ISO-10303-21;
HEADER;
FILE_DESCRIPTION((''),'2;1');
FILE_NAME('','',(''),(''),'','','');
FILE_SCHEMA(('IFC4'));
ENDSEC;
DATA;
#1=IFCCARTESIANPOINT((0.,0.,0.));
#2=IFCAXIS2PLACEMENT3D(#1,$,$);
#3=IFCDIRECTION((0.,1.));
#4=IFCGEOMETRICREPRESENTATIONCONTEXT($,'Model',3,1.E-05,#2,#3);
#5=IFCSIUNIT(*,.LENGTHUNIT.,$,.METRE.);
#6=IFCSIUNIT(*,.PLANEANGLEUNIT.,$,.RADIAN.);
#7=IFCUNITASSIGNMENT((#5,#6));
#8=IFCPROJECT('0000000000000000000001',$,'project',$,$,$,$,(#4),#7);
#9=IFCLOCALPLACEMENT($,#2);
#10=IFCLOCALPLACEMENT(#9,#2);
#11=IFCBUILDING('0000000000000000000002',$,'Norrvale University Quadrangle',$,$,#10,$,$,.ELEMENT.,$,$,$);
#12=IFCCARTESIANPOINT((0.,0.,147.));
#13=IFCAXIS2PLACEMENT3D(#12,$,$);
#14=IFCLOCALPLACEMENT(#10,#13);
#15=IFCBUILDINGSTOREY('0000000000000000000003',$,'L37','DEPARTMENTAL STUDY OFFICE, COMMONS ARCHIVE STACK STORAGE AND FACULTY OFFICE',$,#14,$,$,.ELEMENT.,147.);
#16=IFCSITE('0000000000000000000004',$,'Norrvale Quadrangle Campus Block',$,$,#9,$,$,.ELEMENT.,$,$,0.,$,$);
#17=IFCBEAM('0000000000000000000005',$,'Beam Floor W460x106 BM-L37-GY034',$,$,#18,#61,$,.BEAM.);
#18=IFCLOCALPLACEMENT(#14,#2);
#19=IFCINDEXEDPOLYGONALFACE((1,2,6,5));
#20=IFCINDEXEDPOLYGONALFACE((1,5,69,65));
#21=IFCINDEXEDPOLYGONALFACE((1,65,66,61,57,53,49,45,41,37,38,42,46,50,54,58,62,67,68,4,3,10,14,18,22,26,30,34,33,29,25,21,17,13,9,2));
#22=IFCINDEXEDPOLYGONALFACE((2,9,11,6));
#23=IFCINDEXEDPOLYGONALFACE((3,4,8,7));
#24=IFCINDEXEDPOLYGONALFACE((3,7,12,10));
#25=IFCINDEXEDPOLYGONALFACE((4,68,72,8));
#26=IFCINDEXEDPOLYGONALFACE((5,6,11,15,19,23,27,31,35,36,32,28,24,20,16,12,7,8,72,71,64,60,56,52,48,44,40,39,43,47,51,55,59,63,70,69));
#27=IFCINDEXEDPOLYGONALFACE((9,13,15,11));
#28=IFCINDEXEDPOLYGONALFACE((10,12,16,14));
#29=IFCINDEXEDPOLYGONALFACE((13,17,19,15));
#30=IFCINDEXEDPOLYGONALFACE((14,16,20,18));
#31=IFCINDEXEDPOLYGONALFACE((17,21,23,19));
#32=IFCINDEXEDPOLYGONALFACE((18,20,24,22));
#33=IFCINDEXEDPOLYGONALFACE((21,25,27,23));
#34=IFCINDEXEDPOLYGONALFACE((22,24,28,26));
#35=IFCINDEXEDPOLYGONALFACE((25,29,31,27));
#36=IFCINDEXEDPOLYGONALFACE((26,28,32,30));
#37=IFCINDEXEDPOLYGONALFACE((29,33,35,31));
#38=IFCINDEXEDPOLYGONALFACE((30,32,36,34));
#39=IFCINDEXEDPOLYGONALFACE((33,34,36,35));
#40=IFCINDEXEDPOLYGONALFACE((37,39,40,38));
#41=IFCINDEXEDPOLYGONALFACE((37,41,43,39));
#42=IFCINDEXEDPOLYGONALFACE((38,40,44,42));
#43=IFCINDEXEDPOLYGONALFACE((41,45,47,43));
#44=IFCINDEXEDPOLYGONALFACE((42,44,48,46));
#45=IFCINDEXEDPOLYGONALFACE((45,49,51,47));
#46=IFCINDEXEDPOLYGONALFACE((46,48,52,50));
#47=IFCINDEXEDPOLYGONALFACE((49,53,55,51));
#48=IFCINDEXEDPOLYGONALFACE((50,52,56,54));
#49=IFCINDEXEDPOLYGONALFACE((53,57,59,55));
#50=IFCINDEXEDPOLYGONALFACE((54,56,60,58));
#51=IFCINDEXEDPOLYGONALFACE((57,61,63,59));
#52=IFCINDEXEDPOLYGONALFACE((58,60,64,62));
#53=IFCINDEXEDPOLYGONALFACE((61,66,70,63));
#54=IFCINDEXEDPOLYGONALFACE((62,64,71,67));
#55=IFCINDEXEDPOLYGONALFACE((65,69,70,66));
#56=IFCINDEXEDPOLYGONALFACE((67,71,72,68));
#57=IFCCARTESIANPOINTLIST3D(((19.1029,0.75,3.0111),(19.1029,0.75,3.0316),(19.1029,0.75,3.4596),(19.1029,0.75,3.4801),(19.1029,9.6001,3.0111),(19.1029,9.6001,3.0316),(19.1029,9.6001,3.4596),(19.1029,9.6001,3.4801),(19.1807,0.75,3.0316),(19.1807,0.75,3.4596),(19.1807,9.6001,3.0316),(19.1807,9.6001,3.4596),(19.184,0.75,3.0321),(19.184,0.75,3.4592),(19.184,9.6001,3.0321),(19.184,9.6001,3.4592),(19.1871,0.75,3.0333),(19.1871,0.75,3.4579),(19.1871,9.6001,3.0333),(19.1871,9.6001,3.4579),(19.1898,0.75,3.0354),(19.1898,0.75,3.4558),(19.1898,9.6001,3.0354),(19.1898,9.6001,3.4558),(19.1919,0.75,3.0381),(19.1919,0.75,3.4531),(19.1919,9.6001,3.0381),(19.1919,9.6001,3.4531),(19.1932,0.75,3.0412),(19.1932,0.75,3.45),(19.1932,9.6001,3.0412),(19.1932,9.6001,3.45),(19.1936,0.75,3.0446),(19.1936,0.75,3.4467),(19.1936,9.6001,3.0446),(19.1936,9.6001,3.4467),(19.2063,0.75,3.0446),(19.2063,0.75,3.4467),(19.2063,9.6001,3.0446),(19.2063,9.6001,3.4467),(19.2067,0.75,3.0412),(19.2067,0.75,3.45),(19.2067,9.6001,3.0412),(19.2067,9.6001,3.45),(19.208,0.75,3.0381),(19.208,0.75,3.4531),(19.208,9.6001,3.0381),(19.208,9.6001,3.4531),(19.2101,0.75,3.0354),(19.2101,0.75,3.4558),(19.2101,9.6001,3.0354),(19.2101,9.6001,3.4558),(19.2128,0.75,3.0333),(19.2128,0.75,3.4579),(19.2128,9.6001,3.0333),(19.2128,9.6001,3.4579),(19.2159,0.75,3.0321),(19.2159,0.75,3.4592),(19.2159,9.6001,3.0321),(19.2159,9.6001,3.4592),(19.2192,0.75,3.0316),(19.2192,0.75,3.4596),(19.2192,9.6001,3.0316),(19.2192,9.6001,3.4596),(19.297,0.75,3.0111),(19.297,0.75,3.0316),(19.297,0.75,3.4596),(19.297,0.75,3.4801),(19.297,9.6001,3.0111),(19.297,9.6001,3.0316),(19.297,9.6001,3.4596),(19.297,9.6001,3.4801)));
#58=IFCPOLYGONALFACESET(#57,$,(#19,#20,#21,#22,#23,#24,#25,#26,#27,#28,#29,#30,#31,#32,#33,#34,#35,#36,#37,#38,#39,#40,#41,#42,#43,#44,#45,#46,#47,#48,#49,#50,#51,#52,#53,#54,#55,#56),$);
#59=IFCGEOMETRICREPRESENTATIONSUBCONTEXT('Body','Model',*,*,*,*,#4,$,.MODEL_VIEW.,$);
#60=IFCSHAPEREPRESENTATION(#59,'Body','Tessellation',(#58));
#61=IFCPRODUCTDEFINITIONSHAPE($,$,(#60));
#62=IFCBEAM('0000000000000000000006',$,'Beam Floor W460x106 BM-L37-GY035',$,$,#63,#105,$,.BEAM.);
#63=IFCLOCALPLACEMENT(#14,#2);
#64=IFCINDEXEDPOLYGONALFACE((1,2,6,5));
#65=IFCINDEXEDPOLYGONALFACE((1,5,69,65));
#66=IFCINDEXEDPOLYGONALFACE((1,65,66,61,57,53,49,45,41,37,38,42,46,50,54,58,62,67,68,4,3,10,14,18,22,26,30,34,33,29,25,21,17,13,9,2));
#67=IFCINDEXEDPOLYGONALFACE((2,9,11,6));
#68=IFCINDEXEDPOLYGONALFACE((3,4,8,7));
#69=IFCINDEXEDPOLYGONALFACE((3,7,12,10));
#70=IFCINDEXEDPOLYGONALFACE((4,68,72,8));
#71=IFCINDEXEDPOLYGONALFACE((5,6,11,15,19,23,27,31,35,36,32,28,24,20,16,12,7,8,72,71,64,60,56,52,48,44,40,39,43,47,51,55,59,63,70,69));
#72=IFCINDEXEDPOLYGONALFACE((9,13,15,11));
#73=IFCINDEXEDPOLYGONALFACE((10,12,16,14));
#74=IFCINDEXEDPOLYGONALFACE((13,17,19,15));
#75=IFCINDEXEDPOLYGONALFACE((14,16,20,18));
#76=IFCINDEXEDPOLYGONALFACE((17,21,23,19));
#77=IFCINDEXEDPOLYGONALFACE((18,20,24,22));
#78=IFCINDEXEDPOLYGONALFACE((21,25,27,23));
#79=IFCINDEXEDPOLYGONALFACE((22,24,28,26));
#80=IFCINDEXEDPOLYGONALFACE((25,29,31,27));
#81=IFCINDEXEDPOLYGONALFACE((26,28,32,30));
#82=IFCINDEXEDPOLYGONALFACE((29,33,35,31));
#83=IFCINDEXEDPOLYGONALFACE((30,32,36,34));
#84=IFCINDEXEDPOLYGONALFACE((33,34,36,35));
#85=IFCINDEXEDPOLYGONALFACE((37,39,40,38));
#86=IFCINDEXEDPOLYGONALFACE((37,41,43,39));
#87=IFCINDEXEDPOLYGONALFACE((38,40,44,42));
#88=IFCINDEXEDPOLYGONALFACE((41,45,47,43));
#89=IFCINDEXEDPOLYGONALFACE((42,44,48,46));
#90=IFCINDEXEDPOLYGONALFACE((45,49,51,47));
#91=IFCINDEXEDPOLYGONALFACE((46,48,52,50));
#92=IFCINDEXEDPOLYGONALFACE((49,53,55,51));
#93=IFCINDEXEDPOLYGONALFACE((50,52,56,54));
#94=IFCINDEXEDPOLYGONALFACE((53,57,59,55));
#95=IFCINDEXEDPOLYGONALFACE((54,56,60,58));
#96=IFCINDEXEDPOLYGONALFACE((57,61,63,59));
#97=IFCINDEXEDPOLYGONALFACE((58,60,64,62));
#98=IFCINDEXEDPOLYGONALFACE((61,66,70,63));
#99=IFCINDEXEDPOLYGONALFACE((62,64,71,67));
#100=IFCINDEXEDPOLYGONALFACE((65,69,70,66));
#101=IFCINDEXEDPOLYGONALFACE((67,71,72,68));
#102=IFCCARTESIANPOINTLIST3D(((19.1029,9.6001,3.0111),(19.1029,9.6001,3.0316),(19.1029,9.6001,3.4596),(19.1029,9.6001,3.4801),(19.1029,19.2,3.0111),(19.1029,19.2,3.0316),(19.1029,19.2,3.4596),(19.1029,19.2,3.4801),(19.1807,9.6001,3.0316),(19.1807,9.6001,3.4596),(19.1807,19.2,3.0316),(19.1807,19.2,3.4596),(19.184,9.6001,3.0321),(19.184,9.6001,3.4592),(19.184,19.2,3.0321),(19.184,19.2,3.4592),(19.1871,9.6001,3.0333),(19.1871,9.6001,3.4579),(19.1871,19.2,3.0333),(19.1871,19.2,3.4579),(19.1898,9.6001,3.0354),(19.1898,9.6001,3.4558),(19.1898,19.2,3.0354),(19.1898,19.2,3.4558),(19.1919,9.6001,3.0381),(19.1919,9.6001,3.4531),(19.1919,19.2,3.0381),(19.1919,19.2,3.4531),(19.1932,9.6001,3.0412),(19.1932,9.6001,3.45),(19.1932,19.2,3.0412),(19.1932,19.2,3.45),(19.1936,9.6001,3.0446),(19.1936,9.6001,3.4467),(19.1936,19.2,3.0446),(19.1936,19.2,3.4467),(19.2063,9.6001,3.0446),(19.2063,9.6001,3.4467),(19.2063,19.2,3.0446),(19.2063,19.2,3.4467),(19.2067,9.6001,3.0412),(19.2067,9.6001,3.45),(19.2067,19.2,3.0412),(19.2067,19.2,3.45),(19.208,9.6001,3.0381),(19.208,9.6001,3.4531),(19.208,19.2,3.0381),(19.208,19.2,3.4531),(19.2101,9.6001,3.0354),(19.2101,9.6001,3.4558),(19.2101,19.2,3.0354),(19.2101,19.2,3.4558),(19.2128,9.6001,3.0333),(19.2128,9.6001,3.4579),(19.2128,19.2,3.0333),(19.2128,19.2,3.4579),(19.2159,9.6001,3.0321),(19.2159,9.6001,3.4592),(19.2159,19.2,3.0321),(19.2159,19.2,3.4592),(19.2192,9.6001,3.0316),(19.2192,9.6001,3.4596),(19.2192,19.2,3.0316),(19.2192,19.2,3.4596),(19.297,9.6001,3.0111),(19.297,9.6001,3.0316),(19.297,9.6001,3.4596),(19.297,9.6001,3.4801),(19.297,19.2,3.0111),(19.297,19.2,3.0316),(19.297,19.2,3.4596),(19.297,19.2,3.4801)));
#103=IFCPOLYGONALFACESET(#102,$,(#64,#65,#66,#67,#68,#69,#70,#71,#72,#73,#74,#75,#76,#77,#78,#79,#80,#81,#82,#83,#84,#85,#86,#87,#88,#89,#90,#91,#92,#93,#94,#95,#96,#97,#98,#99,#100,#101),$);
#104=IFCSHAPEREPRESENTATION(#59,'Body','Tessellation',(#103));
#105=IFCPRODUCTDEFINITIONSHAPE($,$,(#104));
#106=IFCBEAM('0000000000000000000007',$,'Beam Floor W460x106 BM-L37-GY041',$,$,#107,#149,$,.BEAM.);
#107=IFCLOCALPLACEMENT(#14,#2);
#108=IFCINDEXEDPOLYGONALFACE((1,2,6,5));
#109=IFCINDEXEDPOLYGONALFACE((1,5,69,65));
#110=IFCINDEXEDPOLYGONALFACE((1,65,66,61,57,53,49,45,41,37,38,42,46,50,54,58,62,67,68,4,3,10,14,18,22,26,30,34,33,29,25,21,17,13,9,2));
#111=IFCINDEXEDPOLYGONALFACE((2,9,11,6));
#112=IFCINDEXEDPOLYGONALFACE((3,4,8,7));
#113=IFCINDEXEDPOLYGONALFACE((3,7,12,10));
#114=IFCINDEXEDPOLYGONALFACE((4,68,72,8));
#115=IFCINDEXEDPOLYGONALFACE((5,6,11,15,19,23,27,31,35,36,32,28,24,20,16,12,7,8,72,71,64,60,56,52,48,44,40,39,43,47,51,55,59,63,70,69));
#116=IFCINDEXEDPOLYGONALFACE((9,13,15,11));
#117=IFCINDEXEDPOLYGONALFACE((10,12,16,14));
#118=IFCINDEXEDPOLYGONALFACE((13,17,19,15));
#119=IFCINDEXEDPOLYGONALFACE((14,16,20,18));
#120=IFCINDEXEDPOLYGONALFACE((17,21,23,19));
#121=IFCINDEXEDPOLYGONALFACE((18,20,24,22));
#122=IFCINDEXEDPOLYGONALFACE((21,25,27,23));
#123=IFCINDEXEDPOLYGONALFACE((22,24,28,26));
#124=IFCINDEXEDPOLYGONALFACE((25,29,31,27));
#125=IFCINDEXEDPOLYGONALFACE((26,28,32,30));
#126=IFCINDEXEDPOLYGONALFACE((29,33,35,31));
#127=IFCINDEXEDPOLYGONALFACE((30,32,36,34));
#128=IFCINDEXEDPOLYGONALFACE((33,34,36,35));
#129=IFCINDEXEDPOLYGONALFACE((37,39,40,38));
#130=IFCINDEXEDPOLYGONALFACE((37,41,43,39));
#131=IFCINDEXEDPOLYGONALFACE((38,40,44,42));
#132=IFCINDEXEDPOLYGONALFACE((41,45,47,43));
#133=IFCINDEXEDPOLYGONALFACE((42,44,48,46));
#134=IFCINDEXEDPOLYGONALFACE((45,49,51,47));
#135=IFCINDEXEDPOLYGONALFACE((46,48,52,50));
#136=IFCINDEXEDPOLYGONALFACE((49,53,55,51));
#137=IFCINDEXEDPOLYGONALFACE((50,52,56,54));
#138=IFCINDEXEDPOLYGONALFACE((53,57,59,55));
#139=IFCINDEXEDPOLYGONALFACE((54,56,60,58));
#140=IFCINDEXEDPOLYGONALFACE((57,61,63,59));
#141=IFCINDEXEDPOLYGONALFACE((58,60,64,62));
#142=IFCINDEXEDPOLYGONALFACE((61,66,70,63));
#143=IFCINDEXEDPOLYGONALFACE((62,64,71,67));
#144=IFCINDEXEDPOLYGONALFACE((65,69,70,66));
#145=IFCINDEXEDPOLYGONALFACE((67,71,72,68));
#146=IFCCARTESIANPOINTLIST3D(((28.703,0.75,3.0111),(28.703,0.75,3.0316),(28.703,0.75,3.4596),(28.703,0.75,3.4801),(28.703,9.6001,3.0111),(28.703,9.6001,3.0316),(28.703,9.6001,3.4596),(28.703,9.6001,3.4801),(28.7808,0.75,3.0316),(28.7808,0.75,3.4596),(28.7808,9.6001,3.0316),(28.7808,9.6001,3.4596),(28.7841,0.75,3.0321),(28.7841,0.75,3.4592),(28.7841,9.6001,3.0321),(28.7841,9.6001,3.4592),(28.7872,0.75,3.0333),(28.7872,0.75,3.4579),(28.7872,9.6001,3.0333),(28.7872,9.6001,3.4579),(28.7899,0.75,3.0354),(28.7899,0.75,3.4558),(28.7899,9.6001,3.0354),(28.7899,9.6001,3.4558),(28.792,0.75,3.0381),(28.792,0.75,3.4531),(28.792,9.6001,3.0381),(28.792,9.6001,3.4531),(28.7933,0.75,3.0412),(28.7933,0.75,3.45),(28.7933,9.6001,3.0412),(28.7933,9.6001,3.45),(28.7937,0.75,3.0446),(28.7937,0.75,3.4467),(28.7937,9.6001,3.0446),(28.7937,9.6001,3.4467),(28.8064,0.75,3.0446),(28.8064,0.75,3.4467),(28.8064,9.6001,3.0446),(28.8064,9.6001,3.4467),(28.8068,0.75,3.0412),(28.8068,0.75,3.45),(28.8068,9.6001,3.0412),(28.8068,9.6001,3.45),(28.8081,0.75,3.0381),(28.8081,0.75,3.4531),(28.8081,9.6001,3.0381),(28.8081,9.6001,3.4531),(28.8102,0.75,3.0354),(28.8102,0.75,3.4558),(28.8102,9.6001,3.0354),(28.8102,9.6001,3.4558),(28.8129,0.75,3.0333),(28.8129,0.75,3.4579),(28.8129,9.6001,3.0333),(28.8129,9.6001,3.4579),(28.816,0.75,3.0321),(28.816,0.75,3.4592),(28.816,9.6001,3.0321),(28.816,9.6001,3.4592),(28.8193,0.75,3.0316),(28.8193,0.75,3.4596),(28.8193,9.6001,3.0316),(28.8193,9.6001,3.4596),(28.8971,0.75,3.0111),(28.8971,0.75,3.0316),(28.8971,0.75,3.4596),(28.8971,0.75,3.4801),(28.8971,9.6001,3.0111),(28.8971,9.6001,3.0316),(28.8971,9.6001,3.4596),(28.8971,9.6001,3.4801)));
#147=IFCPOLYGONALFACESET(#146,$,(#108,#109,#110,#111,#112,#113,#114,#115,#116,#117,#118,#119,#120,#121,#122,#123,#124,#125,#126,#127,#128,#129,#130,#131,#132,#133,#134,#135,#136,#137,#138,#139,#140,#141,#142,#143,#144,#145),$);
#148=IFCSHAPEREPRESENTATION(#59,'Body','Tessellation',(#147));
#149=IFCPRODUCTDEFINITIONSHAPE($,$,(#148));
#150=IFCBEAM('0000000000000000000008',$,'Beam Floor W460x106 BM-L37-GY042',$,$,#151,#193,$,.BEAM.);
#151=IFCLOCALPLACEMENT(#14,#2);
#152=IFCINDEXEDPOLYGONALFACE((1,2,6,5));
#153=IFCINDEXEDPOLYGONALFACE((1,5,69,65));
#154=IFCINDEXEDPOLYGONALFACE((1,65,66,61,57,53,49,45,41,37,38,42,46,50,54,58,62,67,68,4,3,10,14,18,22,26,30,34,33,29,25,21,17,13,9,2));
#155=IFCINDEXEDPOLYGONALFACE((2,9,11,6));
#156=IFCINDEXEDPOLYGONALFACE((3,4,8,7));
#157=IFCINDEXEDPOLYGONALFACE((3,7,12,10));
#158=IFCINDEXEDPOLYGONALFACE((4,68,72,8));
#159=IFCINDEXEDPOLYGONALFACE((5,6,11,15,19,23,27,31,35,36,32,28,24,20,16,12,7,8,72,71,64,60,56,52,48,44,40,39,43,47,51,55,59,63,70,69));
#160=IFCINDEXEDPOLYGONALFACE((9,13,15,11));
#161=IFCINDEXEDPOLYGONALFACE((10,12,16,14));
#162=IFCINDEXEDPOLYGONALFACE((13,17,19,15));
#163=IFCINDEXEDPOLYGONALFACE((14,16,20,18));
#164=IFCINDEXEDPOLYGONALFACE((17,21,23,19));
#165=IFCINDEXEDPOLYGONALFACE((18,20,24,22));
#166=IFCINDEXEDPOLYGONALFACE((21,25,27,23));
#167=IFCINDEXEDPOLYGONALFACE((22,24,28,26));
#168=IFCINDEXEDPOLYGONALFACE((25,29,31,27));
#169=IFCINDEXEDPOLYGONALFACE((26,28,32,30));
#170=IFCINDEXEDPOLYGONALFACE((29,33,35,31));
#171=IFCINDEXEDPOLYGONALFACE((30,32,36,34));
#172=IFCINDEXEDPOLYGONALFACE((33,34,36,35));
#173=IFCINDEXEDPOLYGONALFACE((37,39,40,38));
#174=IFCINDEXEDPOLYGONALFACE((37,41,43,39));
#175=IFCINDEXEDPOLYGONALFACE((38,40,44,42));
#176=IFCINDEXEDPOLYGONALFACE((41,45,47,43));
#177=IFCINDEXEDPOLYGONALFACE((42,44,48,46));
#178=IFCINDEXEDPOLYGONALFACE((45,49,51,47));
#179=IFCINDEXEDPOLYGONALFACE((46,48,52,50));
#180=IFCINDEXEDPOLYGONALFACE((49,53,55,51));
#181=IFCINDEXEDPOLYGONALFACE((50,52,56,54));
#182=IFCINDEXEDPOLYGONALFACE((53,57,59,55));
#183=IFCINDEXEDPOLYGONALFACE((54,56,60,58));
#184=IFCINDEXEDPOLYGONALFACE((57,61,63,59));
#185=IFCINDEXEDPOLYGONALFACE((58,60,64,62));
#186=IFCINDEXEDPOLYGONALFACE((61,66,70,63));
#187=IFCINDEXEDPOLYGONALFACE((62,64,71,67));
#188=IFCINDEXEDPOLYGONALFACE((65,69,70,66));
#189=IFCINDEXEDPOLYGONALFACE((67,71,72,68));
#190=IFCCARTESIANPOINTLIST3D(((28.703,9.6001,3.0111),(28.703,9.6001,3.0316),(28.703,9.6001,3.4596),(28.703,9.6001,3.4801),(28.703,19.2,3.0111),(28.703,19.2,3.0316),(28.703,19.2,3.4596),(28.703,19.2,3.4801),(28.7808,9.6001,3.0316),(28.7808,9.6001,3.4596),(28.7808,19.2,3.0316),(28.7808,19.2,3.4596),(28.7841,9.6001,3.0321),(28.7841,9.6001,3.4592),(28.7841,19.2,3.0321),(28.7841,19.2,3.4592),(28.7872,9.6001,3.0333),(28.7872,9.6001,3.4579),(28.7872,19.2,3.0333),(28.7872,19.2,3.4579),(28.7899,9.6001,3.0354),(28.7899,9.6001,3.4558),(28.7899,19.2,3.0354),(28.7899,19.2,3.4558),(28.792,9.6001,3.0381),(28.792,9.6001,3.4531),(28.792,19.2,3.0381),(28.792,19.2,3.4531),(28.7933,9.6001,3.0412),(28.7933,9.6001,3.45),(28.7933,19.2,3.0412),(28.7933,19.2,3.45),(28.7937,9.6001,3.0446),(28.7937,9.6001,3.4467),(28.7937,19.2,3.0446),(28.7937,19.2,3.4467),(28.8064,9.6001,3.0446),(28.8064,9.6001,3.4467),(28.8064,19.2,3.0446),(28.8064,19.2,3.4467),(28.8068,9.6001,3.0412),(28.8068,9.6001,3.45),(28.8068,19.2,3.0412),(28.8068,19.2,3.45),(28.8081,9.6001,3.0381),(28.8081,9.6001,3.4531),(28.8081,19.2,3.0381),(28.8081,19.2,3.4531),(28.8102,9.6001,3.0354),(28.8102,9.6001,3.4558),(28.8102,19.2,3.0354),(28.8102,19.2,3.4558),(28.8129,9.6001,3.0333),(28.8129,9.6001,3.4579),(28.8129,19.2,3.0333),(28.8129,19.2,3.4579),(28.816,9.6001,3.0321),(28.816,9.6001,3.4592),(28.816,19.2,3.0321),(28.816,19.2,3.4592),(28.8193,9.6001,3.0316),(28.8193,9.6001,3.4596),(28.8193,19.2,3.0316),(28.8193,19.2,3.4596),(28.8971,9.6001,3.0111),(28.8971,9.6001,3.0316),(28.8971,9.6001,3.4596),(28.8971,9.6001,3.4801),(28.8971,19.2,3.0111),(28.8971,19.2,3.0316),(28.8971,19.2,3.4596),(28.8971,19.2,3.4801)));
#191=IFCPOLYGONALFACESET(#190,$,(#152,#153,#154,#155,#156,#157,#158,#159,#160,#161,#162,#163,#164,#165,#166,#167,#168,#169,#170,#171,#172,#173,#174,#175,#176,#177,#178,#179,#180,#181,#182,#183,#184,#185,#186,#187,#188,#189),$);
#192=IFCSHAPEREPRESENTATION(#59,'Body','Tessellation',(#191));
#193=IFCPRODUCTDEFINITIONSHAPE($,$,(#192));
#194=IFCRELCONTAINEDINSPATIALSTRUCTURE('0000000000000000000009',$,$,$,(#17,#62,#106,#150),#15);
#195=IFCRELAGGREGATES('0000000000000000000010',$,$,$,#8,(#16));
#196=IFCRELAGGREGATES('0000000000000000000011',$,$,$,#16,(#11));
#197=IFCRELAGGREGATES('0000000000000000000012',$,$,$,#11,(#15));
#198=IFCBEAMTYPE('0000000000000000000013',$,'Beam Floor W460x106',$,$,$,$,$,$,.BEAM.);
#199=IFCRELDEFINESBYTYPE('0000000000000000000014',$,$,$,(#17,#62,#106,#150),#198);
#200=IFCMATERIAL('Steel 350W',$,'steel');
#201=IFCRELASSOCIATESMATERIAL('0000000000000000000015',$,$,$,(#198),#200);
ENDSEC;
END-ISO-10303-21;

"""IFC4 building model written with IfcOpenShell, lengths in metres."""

from ifc_helpers import new_model, si_unit, direction, frame, origin, origin_2d, place, context, subcontext, project, spatial, i_section, extrude, material, material_profile, profile_set, type_object, element, save


model = new_model("IFC4")

# Units and contexts
model_context = context("Model", 3, precision=1e-05, world=origin(), true_north=direction((0.0, 1.0)))
body_context = subcontext(model_context, "Body", "Model", "MODEL_VIEW")
ifc_project = project(units=[si_unit("LENGTHUNIT", "METRE"), si_unit("PLANEANGLEUNIT", "RADIAN")], contexts=[model_context])

# Site, building, storey
site_placement = place(None, origin())
site = spatial("IfcSite", under=ifc_project, at=site_placement, Name="Norrvale Quadrangle Campus Block", CompositionType="ELEMENT", RefElevation=0.0)
building_placement = place(site_placement, origin())
building = spatial("IfcBuilding", under=site, at=building_placement, Name="Norrvale University Quadrangle", CompositionType="ELEMENT")
storey_placement = place(building_placement, frame((0.0, 0.0, 147.0)))
storey = spatial("IfcBuildingStorey", under=building, at=storey_placement, Name="L37", Description="DEPARTMENTAL STUDY OFFICE, COMMONS ARCHIVE STACK STORAGE AND FACULTY OFFICE", CompositionType="ELEMENT", Elevation=147.0)

# Beams
ifc_material_1 = material(Name="Steel 350W", Category="steel")
ifc_material_profile_1 = material_profile(ifc_material_1, i_section(OverallWidth=0.1941, OverallDepth=0.469, WebThickness=0.0127, FlangeThickness=0.0205, FilletRadius=0.0129, at=origin_2d()), Name="Steel 350W")
ifc_profile_set_1 = profile_set([ifc_material_profile_1], Name="Steel 350W")
beam_type_1 = type_object("IfcBeamType", Name="Beam Floor W460x106", PredefinedType="BEAM", material=ifc_profile_set_1)
beam_1_placement = place(storey_placement, frame((19.2, 0.75, 3.2456), z_axis=(0.0, 1.0, 0.0), x_axis=(-1.0, 0.0, 0.0)))
element("IfcBeam", 1, at=beam_1_placement, inside=storey, type_object=beam_type_1, Name="Beam Floor W460x106 BM-L37-GY034", PredefinedType="BEAM", context=body_context, shape_type="SweptSolid", body=[
    extrude(i_section(OverallWidth=0.1941, OverallDepth=0.469, WebThickness=0.0127, FlangeThickness=0.0205, FilletRadius=0.0129, at=origin_2d()), origin(), (0.0, 0.0, 1.0), 8.8501),
])
beam_2_placement = place(storey_placement, frame((19.2, 9.6001, 3.2456), z_axis=(0.0, 1.0, 0.0), x_axis=(-1.0, 0.0, 0.0)))
element("IfcBeam", 2, at=beam_2_placement, inside=storey, type_object=beam_type_1, Name="Beam Floor W460x106 BM-L37-GY035", PredefinedType="BEAM", context=body_context, shape_type="SweptSolid", body=[
    extrude(i_section(OverallWidth=0.1941, OverallDepth=0.469, WebThickness=0.0127, FlangeThickness=0.0205, FilletRadius=0.0129, at=origin_2d()), origin(), (0.0, 0.0, 1.0), 9.5999),
])
beam_3_placement = place(storey_placement, frame((28.8, 0.75, 3.2456), z_axis=(0.0, 1.0, 0.0), x_axis=(-1.0, 0.0, 0.0)))
element("IfcBeam", 3, at=beam_3_placement, inside=storey, type_object=beam_type_1, Name="Beam Floor W460x106 BM-L37-GY041", PredefinedType="BEAM", context=body_context, shape_type="SweptSolid", body=[
    extrude(i_section(OverallWidth=0.1941, OverallDepth=0.469, WebThickness=0.0127, FlangeThickness=0.0205, FilletRadius=0.0129, at=origin_2d()), origin(), (0.0, 0.0, 1.0), 8.8501),
])
beam_4_placement = place(storey_placement, frame((28.8, 9.6001, 3.2456), z_axis=(0.0, 1.0, 0.0), x_axis=(-1.0, 0.0, 0.0)))
element("IfcBeam", 4, at=beam_4_placement, inside=storey, type_object=beam_type_1, Name="Beam Floor W460x106 BM-L37-GY042", PredefinedType="BEAM", context=body_context, shape_type="SweptSolid", body=[
    extrude(i_section(OverallWidth=0.1941, OverallDepth=0.469, WebThickness=0.0127, FlangeThickness=0.0205, FilletRadius=0.0129, at=origin_2d()), origin(), (0.0, 0.0, 1.0), 9.5999),
])

save(model, "model.ifc")
